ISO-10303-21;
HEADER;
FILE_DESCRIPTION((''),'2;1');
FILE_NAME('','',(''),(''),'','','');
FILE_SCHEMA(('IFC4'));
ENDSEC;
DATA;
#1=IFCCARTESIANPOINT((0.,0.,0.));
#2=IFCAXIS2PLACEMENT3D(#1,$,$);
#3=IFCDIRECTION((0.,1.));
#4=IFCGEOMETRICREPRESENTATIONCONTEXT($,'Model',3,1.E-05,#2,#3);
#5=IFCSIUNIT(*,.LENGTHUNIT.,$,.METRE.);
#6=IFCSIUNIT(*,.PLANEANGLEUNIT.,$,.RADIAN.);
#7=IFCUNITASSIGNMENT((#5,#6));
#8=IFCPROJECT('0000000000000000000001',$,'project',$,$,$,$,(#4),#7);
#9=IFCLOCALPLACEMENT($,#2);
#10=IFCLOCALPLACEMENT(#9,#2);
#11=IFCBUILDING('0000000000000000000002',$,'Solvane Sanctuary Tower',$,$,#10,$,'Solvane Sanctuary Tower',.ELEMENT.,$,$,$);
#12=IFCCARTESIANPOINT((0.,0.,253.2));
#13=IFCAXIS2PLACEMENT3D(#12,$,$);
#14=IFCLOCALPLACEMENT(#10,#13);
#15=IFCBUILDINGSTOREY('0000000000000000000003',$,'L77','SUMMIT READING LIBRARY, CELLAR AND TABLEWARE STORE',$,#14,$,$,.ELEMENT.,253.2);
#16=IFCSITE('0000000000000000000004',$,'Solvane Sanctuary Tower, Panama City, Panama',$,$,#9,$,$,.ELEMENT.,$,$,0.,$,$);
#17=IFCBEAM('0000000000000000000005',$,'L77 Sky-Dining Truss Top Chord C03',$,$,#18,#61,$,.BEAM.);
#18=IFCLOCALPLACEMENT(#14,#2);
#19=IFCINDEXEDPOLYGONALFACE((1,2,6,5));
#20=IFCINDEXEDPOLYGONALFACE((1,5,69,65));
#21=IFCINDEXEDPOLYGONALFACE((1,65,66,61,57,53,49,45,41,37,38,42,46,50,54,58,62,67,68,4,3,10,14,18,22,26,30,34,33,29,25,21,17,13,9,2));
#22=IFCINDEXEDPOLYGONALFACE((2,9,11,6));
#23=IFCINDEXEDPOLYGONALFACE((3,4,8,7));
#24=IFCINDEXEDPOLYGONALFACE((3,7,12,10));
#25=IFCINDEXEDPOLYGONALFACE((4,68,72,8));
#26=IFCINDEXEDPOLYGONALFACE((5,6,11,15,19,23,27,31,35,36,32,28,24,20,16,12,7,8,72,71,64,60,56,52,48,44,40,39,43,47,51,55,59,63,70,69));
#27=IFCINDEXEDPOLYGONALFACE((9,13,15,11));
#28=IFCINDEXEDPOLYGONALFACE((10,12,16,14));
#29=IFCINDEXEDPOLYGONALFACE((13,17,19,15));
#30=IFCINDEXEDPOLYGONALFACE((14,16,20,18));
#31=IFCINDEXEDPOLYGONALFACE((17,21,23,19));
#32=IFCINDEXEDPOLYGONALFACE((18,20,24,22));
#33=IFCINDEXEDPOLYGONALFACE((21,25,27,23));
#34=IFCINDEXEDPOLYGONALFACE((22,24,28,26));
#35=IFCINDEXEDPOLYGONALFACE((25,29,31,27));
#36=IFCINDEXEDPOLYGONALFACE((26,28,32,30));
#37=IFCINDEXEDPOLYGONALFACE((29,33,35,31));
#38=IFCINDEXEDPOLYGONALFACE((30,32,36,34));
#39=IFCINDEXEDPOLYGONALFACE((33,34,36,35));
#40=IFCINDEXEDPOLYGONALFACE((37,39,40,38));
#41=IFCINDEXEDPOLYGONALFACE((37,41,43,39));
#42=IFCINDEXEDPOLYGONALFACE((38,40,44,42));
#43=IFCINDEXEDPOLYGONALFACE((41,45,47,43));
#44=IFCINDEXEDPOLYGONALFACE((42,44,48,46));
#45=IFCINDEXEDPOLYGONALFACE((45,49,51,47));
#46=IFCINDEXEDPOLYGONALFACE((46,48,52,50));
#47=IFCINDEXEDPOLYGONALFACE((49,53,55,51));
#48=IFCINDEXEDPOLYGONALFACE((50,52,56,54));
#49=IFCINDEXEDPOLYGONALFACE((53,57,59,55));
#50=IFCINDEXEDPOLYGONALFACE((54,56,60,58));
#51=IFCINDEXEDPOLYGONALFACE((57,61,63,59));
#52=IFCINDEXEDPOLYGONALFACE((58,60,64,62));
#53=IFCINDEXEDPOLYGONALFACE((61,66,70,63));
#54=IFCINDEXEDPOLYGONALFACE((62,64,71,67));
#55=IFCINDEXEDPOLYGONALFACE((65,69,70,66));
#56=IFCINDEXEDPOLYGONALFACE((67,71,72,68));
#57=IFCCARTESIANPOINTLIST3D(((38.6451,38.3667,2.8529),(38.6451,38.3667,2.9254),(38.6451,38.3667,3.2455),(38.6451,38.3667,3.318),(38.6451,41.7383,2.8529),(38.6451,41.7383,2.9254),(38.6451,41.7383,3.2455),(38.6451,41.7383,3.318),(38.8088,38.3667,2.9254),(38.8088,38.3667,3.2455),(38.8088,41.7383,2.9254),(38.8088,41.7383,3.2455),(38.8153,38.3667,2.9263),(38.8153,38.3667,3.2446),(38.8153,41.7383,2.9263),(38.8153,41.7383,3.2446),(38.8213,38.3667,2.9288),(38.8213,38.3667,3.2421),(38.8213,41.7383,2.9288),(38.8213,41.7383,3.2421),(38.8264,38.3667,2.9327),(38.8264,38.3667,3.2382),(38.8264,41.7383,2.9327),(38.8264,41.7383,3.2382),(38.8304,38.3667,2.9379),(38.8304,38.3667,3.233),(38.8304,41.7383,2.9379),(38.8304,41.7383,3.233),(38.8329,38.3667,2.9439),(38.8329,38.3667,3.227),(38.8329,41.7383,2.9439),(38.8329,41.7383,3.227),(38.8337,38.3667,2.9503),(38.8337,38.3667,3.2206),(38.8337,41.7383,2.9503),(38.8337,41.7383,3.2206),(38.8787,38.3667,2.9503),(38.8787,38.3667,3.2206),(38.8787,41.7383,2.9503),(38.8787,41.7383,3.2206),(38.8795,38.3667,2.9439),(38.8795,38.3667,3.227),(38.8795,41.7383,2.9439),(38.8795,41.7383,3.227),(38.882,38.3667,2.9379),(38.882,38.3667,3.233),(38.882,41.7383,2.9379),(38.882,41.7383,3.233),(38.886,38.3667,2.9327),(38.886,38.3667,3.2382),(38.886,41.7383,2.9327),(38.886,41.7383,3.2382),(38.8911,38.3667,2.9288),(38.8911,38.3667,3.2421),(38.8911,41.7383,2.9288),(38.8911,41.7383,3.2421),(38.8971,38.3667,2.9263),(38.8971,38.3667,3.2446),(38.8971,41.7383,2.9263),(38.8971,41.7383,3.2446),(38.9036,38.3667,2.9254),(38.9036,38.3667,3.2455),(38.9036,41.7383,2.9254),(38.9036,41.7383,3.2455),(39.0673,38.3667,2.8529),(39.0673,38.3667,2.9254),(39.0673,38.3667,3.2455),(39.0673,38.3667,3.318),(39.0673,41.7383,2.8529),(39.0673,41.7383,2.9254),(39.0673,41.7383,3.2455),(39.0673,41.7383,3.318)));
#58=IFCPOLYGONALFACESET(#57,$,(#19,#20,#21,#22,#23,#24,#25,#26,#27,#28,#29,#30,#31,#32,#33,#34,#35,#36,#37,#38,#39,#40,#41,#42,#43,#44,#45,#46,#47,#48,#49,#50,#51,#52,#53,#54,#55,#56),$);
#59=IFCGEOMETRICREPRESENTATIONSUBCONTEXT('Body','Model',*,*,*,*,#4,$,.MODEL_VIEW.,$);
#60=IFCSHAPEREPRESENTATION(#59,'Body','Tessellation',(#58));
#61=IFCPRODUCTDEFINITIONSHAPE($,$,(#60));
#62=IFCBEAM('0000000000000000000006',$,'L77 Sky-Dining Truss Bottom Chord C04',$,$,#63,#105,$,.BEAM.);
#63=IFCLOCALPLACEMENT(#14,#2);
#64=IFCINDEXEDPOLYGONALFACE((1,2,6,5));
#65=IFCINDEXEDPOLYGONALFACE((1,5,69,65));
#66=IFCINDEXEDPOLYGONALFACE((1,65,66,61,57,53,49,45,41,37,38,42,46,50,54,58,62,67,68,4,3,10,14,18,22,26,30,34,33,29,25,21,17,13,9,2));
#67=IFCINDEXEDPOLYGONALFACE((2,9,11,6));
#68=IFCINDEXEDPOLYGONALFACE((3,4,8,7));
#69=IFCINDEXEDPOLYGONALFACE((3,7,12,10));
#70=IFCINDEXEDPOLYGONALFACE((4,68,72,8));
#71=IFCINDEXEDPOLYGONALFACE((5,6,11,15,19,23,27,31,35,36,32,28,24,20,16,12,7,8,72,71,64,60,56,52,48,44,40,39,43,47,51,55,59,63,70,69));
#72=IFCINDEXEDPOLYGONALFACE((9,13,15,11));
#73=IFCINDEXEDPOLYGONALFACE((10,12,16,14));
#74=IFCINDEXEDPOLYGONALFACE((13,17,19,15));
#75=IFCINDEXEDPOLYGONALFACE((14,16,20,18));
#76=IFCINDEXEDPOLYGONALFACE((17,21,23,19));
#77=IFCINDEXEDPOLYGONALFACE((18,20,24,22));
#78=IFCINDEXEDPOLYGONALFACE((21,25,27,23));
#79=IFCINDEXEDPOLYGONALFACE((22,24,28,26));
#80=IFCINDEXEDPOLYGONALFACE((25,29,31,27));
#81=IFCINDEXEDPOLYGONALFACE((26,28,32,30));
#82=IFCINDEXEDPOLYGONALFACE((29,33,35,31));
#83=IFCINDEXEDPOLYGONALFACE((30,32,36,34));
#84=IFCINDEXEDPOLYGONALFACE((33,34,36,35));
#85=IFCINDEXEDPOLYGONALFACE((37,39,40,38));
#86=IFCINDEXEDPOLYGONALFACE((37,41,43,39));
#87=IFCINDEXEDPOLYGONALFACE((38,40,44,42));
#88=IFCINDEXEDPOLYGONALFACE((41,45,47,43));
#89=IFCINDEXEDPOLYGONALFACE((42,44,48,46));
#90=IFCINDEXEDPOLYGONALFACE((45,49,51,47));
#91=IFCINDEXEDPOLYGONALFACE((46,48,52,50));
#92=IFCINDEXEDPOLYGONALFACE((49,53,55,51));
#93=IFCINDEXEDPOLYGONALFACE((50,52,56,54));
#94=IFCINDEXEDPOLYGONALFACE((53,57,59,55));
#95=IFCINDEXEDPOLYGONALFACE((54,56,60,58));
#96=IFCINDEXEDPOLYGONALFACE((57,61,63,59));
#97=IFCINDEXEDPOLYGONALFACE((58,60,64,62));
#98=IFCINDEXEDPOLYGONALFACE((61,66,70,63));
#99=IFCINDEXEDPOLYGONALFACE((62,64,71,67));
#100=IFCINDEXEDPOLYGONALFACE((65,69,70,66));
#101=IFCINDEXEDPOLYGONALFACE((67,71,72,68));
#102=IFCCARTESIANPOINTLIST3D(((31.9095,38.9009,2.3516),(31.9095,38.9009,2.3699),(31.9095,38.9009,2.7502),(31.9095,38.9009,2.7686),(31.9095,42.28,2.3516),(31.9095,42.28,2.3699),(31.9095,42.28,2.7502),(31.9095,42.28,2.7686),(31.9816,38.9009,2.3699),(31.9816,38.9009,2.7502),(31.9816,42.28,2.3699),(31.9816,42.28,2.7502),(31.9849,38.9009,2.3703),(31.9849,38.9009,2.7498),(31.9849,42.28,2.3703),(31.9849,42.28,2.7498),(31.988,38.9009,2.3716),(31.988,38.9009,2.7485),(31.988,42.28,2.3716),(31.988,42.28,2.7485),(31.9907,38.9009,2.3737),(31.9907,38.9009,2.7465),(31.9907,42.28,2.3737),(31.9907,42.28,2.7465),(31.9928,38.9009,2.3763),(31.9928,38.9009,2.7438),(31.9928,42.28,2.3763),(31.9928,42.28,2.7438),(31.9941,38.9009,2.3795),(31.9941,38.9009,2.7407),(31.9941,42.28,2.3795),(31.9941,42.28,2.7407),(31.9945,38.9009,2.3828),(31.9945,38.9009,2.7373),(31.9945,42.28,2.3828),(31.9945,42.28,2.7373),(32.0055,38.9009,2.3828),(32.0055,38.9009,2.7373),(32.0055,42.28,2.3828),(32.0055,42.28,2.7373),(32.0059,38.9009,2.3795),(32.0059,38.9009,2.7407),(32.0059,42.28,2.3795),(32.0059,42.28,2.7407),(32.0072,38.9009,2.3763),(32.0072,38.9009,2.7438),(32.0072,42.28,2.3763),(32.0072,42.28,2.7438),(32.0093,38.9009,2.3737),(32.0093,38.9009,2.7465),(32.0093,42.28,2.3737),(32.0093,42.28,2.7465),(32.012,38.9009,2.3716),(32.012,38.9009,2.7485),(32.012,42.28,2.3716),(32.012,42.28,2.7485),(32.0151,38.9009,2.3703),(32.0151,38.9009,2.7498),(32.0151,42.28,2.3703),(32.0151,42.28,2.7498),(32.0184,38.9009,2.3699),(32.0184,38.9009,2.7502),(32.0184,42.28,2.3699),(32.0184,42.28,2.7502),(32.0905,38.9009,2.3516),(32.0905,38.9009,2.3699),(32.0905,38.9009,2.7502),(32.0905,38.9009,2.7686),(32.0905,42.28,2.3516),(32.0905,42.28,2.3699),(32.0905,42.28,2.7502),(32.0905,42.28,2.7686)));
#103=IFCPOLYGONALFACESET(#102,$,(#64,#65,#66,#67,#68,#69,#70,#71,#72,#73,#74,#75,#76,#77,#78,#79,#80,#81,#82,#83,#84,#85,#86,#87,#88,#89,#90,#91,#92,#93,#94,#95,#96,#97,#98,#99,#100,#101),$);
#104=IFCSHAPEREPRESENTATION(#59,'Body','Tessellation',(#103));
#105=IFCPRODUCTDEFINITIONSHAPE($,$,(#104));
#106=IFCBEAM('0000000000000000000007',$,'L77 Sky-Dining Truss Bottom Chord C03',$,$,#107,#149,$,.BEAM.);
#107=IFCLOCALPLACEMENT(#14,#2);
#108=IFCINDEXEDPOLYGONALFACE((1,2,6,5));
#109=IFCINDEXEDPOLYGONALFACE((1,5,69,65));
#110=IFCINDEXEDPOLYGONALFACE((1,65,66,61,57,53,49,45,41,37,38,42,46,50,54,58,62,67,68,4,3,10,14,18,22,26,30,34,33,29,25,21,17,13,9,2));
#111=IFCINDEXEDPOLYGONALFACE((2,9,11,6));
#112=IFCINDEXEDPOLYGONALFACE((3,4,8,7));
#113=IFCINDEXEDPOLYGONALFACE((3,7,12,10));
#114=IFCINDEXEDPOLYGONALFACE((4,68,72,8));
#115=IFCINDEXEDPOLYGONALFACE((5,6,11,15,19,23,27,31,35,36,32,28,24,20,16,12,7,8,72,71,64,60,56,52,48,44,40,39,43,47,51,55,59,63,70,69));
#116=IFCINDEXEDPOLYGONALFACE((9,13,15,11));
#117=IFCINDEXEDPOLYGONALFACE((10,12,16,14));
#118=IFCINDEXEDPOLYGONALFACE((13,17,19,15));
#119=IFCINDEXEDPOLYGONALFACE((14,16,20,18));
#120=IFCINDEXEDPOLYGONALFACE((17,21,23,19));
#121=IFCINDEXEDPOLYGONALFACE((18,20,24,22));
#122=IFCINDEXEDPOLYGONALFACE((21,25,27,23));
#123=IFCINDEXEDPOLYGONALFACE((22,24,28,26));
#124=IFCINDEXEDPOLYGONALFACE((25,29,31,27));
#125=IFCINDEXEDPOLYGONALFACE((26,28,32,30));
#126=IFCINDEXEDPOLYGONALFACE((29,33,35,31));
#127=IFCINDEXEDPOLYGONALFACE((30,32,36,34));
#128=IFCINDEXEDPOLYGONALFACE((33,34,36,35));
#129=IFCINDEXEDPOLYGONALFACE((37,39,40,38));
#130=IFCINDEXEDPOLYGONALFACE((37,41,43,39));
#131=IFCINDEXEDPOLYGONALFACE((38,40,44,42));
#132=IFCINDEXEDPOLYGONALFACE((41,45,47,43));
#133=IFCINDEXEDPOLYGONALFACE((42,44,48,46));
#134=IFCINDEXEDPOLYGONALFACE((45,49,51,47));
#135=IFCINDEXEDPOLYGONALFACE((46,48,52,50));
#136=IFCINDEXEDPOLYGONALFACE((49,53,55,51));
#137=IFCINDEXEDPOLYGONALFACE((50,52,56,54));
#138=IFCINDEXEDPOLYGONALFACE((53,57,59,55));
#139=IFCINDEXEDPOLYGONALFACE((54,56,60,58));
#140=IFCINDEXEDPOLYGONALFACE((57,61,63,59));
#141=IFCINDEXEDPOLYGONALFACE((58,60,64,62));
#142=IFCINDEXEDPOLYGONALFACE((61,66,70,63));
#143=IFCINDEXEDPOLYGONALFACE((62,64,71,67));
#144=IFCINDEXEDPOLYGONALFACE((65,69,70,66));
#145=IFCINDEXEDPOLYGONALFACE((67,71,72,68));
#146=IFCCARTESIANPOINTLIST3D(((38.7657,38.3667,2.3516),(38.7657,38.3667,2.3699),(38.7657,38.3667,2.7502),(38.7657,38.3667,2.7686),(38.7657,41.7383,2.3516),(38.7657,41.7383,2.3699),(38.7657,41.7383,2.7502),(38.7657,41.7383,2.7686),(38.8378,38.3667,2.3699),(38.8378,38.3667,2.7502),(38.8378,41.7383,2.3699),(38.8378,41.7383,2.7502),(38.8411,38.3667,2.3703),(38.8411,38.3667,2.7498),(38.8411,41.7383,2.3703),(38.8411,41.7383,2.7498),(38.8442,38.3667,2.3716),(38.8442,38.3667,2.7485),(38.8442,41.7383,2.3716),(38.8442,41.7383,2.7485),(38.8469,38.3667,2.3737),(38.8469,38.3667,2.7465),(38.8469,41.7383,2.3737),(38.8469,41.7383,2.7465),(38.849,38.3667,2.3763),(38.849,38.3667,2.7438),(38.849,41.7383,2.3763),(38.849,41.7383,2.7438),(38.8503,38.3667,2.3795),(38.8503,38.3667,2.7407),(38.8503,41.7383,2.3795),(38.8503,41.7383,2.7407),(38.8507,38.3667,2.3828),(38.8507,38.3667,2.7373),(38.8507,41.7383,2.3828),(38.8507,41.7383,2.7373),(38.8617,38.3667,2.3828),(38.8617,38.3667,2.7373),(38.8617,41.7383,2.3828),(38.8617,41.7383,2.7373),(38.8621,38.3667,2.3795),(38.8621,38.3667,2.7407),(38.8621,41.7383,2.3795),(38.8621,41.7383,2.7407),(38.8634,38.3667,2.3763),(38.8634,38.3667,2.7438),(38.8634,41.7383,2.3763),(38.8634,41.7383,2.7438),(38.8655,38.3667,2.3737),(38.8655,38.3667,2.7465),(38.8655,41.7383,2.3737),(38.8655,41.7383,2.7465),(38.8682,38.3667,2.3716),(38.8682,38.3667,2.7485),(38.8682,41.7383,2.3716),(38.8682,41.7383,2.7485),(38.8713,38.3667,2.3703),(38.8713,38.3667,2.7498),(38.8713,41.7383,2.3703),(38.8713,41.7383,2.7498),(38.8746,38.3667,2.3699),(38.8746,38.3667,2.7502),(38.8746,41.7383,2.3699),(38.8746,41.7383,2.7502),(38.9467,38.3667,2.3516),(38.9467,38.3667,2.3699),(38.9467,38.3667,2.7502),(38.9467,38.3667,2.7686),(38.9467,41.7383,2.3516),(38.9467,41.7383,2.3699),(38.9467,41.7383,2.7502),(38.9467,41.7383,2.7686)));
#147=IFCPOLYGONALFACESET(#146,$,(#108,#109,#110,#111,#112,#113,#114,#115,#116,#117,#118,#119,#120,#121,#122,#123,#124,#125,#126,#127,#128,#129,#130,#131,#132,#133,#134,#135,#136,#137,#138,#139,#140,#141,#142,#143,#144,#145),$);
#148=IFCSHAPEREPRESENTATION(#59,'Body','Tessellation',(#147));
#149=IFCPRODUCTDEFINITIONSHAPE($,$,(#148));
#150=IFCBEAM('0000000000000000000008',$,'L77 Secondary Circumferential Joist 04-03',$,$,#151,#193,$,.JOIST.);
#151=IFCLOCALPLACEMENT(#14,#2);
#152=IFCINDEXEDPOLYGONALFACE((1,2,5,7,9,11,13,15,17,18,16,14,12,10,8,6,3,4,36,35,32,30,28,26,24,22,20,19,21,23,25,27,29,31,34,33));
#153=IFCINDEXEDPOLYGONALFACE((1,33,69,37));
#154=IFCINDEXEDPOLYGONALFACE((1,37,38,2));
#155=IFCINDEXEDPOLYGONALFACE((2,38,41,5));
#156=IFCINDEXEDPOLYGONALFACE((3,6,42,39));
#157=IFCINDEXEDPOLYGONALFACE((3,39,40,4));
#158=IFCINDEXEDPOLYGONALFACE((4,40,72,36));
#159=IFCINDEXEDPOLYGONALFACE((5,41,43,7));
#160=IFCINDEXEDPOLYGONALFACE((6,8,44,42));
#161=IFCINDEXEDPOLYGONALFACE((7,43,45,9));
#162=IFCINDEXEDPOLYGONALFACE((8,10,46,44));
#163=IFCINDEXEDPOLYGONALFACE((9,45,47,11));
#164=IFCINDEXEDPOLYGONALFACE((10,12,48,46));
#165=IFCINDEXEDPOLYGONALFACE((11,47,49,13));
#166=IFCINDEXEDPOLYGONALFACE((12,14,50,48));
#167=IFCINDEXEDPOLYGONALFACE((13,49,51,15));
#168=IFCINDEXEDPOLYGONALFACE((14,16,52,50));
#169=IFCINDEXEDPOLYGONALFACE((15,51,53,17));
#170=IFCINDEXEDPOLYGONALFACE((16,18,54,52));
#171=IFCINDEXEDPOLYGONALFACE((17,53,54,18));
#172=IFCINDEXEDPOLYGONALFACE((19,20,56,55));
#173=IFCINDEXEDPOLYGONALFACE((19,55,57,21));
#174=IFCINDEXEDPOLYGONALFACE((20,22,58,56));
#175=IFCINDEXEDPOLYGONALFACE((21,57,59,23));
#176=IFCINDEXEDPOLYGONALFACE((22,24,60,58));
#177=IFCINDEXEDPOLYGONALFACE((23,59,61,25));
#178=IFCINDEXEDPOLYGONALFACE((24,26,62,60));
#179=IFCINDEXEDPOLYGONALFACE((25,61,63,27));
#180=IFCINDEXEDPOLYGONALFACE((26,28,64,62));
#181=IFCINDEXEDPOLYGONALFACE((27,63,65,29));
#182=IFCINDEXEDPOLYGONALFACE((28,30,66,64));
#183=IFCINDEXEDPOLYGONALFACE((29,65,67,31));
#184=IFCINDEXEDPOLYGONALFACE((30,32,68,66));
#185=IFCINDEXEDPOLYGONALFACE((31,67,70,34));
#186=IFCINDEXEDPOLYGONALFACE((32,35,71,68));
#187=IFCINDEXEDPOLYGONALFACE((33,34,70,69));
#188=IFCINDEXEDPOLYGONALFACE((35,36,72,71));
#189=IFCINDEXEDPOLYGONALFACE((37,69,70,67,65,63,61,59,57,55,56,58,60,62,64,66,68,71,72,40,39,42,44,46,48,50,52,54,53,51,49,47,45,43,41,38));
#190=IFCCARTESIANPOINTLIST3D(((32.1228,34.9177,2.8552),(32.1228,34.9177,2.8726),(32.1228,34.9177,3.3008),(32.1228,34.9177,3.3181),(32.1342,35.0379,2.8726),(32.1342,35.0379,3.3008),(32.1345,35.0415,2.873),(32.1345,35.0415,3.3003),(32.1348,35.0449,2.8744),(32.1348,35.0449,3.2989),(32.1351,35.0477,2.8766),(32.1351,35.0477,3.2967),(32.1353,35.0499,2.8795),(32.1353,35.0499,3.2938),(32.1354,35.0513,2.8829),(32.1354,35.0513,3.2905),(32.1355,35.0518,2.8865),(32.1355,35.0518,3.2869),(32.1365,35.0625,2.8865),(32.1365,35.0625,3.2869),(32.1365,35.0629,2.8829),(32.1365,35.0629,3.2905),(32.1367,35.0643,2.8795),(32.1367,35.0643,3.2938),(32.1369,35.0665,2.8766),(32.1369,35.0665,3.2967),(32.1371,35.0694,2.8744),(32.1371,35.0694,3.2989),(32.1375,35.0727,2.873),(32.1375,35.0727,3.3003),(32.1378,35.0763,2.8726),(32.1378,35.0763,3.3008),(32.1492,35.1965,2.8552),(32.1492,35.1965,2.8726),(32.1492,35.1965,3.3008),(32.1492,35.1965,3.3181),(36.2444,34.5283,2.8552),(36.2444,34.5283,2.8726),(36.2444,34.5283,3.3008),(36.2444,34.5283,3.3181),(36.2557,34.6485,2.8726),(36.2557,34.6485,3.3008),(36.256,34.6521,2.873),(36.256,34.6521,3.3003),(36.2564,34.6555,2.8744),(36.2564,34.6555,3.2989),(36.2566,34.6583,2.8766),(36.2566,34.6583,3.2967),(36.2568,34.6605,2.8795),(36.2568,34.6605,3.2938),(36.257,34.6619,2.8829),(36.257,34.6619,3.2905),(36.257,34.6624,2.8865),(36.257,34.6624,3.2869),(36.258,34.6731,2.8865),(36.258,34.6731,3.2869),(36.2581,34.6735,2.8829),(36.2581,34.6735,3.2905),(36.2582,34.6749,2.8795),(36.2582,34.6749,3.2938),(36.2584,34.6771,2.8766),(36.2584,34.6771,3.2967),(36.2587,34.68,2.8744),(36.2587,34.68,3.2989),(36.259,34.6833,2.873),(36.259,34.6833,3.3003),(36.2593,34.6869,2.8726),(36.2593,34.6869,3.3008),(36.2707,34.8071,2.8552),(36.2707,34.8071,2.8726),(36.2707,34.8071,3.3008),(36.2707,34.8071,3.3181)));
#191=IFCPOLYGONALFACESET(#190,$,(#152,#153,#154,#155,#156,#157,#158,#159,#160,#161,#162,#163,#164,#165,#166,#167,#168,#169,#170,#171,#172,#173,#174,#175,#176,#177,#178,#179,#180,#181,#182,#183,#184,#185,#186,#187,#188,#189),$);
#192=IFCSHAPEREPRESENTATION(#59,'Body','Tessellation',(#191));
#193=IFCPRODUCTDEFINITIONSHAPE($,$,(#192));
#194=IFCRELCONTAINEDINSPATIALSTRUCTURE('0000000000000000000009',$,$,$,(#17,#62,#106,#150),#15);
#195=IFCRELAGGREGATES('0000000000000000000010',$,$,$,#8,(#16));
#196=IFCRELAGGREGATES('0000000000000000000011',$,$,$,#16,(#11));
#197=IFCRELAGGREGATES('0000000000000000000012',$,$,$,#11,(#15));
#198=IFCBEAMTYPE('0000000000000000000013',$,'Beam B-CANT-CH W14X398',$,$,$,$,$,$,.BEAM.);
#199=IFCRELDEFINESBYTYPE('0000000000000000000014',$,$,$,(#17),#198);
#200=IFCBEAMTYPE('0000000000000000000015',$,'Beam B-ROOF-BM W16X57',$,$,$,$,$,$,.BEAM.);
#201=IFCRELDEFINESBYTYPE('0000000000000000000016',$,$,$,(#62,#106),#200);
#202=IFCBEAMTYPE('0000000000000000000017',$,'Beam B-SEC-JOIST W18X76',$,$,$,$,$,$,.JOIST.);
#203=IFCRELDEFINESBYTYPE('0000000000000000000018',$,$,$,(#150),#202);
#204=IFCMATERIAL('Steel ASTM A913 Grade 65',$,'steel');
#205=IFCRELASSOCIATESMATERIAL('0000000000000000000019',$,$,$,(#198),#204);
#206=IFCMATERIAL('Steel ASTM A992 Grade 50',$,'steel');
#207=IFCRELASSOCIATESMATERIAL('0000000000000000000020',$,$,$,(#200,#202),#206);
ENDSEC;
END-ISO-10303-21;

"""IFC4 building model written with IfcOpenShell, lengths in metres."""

from ifc_helpers import new_model, si_unit, direction, frame, origin, origin_2d, place, context, subcontext, project, spatial, i_section, extrude, material, material_profile, profile_set, type_object, element, save


model = new_model("IFC4")

# Units and contexts
model_context = context("Model", 3, precision=1e-05, world=origin(), true_north=direction((0.0, 1.0)))
body_context = subcontext(model_context, "Body", "Model", "MODEL_VIEW")
ifc_project = project(units=[si_unit("LENGTHUNIT", "METRE"), si_unit("PLANEANGLEUNIT", "RADIAN")], contexts=[model_context])

# Site, building, storey
site_placement = place(None, origin())
site = spatial("IfcSite", under=ifc_project, at=site_placement, Name="Solvane Sanctuary Tower, Panama City, Panama", CompositionType="ELEMENT", RefElevation=0.0)
building_placement = place(site_placement, origin())
building = spatial("IfcBuilding", under=site, at=building_placement, Name="Solvane Sanctuary Tower", LongName="Solvane Sanctuary Tower", CompositionType="ELEMENT")
storey_placement = place(building_placement, frame((0.0, 0.0, 253.2)))
storey = spatial("IfcBuildingStorey", under=building, at=storey_placement, Name="L77", Description="SUMMIT READING LIBRARY, CELLAR AND TABLEWARE STORE", CompositionType="ELEMENT", Elevation=253.2)

# Shared definitions
ifc_material_1 = material(Name="Steel ASTM A913 Grade 65", Category="steel")

# Beams
ifc_material_profile_1 = material_profile(ifc_material_1, i_section(OverallWidth=0.4221, OverallDepth=0.4651, WebThickness=0.0449, FlangeThickness=0.0725, FilletRadius=0.0249, at=origin_2d()), Name="W14X398")
ifc_profile_set_1 = profile_set([ifc_material_profile_1], Name="Steel ASTM A913 Grade 65")
beam_type_1 = type_object("IfcBeamType", Name="Beam B-CANT-CH W14X398", PredefinedType="BEAM", material=ifc_profile_set_1)
beam_1_placement = place(storey_placement, frame((38.8562, 38.3667, 3.0854), z_axis=(0.0, 1.0, 0.0), x_axis=(-1.0, 0.0, 0.0)))
element("IfcBeam", 1, at=beam_1_placement, inside=storey, type_object=beam_type_1, Name="L77 Sky-Dining Truss Top Chord C03", PredefinedType="BEAM", context=body_context, shape_type="SweptSolid", body=[
    extrude(i_section(OverallWidth=0.4221, OverallDepth=0.4651, WebThickness=0.0449, FlangeThickness=0.0725, FilletRadius=0.0249, at=origin_2d()), origin(), (0.0, 0.0, 1.0), 3.3716),
])
ifc_material_2 = material(Name="Steel ASTM A992 Grade 50", Category="steel")
ifc_material_profile_2 = material_profile(ifc_material_2, i_section(OverallWidth=0.1809, OverallDepth=0.417, WebThickness=0.011, FlangeThickness=0.0183, FilletRadius=0.0129, at=origin_2d()), Name="W16X57")
ifc_profile_set_2 = profile_set([ifc_material_profile_2], Name="Steel ASTM A992 Grade 50")
beam_type_2 = type_object("IfcBeamType", Name="Beam B-ROOF-BM W16X57", PredefinedType="BEAM", material=ifc_profile_set_2)
beam_2_placement = place(storey_placement, frame((32.0, 38.9009, 2.5601), z_axis=(0.0, 1.0, 0.0), x_axis=(-1.0, 0.0, 0.0)))
element("IfcBeam", 2, at=beam_2_placement, inside=storey, type_object=beam_type_2, Name="L77 Sky-Dining Truss Bottom Chord C04", PredefinedType="BEAM", context=body_context, shape_type="SweptSolid", body=[
    extrude(i_section(OverallWidth=0.1809, OverallDepth=0.417, WebThickness=0.011, FlangeThickness=0.0183, FilletRadius=0.0129, at=origin_2d()), origin(), (0.0, 0.0, 1.0), 3.3792),
])
beam_3_placement = place(storey_placement, frame((38.8562, 38.3667, 2.5601), z_axis=(0.0, 1.0, 0.0), x_axis=(-1.0, 0.0, 0.0)))
element("IfcBeam", 3, at=beam_3_placement, inside=storey, type_object=beam_type_2, Name="L77 Sky-Dining Truss Bottom Chord C03", PredefinedType="BEAM", context=body_context, shape_type="SweptSolid", body=[
    extrude(i_section(OverallWidth=0.1809, OverallDepth=0.417, WebThickness=0.011, FlangeThickness=0.0183, FilletRadius=0.0129, at=origin_2d()), origin(), (0.0, 0.0, 1.0), 3.3716),
])
ifc_material_profile_3 = material_profile(ifc_material_2, i_section(OverallWidth=0.28, OverallDepth=0.4629, WebThickness=0.0107, FlangeThickness=0.0173, FilletRadius=0.0139, at=origin_2d()), Name="W18X76")
ifc_profile_set_3 = profile_set([ifc_material_profile_3], Name="Steel ASTM A992 Grade 50")
beam_type_3 = type_object("IfcBeamType", Name="Beam B-SEC-JOIST W18X76", PredefinedType="JOIST", material=ifc_profile_set_3)
beam_4_placement = place(storey_placement, frame((32.136, 35.0571, 3.0867), z_axis=(0.995566, -0.09406, 0.0), x_axis=(0.09406, 0.995566, 0.0)))
element("IfcBeam", 4, at=beam_4_placement, inside=storey, type_object=beam_type_3, Name="L77 Secondary Circumferential Joist 04-03", PredefinedType="JOIST", context=body_context, shape_type="SweptSolid", body=[
    extrude(i_section(OverallWidth=0.28, OverallDepth=0.4629, WebThickness=0.0107, FlangeThickness=0.0173, FilletRadius=0.0139, at=origin_2d()), origin(), (0.0, 0.0, 1.0), 4.1399),
])

save(model, "model.ifc")
